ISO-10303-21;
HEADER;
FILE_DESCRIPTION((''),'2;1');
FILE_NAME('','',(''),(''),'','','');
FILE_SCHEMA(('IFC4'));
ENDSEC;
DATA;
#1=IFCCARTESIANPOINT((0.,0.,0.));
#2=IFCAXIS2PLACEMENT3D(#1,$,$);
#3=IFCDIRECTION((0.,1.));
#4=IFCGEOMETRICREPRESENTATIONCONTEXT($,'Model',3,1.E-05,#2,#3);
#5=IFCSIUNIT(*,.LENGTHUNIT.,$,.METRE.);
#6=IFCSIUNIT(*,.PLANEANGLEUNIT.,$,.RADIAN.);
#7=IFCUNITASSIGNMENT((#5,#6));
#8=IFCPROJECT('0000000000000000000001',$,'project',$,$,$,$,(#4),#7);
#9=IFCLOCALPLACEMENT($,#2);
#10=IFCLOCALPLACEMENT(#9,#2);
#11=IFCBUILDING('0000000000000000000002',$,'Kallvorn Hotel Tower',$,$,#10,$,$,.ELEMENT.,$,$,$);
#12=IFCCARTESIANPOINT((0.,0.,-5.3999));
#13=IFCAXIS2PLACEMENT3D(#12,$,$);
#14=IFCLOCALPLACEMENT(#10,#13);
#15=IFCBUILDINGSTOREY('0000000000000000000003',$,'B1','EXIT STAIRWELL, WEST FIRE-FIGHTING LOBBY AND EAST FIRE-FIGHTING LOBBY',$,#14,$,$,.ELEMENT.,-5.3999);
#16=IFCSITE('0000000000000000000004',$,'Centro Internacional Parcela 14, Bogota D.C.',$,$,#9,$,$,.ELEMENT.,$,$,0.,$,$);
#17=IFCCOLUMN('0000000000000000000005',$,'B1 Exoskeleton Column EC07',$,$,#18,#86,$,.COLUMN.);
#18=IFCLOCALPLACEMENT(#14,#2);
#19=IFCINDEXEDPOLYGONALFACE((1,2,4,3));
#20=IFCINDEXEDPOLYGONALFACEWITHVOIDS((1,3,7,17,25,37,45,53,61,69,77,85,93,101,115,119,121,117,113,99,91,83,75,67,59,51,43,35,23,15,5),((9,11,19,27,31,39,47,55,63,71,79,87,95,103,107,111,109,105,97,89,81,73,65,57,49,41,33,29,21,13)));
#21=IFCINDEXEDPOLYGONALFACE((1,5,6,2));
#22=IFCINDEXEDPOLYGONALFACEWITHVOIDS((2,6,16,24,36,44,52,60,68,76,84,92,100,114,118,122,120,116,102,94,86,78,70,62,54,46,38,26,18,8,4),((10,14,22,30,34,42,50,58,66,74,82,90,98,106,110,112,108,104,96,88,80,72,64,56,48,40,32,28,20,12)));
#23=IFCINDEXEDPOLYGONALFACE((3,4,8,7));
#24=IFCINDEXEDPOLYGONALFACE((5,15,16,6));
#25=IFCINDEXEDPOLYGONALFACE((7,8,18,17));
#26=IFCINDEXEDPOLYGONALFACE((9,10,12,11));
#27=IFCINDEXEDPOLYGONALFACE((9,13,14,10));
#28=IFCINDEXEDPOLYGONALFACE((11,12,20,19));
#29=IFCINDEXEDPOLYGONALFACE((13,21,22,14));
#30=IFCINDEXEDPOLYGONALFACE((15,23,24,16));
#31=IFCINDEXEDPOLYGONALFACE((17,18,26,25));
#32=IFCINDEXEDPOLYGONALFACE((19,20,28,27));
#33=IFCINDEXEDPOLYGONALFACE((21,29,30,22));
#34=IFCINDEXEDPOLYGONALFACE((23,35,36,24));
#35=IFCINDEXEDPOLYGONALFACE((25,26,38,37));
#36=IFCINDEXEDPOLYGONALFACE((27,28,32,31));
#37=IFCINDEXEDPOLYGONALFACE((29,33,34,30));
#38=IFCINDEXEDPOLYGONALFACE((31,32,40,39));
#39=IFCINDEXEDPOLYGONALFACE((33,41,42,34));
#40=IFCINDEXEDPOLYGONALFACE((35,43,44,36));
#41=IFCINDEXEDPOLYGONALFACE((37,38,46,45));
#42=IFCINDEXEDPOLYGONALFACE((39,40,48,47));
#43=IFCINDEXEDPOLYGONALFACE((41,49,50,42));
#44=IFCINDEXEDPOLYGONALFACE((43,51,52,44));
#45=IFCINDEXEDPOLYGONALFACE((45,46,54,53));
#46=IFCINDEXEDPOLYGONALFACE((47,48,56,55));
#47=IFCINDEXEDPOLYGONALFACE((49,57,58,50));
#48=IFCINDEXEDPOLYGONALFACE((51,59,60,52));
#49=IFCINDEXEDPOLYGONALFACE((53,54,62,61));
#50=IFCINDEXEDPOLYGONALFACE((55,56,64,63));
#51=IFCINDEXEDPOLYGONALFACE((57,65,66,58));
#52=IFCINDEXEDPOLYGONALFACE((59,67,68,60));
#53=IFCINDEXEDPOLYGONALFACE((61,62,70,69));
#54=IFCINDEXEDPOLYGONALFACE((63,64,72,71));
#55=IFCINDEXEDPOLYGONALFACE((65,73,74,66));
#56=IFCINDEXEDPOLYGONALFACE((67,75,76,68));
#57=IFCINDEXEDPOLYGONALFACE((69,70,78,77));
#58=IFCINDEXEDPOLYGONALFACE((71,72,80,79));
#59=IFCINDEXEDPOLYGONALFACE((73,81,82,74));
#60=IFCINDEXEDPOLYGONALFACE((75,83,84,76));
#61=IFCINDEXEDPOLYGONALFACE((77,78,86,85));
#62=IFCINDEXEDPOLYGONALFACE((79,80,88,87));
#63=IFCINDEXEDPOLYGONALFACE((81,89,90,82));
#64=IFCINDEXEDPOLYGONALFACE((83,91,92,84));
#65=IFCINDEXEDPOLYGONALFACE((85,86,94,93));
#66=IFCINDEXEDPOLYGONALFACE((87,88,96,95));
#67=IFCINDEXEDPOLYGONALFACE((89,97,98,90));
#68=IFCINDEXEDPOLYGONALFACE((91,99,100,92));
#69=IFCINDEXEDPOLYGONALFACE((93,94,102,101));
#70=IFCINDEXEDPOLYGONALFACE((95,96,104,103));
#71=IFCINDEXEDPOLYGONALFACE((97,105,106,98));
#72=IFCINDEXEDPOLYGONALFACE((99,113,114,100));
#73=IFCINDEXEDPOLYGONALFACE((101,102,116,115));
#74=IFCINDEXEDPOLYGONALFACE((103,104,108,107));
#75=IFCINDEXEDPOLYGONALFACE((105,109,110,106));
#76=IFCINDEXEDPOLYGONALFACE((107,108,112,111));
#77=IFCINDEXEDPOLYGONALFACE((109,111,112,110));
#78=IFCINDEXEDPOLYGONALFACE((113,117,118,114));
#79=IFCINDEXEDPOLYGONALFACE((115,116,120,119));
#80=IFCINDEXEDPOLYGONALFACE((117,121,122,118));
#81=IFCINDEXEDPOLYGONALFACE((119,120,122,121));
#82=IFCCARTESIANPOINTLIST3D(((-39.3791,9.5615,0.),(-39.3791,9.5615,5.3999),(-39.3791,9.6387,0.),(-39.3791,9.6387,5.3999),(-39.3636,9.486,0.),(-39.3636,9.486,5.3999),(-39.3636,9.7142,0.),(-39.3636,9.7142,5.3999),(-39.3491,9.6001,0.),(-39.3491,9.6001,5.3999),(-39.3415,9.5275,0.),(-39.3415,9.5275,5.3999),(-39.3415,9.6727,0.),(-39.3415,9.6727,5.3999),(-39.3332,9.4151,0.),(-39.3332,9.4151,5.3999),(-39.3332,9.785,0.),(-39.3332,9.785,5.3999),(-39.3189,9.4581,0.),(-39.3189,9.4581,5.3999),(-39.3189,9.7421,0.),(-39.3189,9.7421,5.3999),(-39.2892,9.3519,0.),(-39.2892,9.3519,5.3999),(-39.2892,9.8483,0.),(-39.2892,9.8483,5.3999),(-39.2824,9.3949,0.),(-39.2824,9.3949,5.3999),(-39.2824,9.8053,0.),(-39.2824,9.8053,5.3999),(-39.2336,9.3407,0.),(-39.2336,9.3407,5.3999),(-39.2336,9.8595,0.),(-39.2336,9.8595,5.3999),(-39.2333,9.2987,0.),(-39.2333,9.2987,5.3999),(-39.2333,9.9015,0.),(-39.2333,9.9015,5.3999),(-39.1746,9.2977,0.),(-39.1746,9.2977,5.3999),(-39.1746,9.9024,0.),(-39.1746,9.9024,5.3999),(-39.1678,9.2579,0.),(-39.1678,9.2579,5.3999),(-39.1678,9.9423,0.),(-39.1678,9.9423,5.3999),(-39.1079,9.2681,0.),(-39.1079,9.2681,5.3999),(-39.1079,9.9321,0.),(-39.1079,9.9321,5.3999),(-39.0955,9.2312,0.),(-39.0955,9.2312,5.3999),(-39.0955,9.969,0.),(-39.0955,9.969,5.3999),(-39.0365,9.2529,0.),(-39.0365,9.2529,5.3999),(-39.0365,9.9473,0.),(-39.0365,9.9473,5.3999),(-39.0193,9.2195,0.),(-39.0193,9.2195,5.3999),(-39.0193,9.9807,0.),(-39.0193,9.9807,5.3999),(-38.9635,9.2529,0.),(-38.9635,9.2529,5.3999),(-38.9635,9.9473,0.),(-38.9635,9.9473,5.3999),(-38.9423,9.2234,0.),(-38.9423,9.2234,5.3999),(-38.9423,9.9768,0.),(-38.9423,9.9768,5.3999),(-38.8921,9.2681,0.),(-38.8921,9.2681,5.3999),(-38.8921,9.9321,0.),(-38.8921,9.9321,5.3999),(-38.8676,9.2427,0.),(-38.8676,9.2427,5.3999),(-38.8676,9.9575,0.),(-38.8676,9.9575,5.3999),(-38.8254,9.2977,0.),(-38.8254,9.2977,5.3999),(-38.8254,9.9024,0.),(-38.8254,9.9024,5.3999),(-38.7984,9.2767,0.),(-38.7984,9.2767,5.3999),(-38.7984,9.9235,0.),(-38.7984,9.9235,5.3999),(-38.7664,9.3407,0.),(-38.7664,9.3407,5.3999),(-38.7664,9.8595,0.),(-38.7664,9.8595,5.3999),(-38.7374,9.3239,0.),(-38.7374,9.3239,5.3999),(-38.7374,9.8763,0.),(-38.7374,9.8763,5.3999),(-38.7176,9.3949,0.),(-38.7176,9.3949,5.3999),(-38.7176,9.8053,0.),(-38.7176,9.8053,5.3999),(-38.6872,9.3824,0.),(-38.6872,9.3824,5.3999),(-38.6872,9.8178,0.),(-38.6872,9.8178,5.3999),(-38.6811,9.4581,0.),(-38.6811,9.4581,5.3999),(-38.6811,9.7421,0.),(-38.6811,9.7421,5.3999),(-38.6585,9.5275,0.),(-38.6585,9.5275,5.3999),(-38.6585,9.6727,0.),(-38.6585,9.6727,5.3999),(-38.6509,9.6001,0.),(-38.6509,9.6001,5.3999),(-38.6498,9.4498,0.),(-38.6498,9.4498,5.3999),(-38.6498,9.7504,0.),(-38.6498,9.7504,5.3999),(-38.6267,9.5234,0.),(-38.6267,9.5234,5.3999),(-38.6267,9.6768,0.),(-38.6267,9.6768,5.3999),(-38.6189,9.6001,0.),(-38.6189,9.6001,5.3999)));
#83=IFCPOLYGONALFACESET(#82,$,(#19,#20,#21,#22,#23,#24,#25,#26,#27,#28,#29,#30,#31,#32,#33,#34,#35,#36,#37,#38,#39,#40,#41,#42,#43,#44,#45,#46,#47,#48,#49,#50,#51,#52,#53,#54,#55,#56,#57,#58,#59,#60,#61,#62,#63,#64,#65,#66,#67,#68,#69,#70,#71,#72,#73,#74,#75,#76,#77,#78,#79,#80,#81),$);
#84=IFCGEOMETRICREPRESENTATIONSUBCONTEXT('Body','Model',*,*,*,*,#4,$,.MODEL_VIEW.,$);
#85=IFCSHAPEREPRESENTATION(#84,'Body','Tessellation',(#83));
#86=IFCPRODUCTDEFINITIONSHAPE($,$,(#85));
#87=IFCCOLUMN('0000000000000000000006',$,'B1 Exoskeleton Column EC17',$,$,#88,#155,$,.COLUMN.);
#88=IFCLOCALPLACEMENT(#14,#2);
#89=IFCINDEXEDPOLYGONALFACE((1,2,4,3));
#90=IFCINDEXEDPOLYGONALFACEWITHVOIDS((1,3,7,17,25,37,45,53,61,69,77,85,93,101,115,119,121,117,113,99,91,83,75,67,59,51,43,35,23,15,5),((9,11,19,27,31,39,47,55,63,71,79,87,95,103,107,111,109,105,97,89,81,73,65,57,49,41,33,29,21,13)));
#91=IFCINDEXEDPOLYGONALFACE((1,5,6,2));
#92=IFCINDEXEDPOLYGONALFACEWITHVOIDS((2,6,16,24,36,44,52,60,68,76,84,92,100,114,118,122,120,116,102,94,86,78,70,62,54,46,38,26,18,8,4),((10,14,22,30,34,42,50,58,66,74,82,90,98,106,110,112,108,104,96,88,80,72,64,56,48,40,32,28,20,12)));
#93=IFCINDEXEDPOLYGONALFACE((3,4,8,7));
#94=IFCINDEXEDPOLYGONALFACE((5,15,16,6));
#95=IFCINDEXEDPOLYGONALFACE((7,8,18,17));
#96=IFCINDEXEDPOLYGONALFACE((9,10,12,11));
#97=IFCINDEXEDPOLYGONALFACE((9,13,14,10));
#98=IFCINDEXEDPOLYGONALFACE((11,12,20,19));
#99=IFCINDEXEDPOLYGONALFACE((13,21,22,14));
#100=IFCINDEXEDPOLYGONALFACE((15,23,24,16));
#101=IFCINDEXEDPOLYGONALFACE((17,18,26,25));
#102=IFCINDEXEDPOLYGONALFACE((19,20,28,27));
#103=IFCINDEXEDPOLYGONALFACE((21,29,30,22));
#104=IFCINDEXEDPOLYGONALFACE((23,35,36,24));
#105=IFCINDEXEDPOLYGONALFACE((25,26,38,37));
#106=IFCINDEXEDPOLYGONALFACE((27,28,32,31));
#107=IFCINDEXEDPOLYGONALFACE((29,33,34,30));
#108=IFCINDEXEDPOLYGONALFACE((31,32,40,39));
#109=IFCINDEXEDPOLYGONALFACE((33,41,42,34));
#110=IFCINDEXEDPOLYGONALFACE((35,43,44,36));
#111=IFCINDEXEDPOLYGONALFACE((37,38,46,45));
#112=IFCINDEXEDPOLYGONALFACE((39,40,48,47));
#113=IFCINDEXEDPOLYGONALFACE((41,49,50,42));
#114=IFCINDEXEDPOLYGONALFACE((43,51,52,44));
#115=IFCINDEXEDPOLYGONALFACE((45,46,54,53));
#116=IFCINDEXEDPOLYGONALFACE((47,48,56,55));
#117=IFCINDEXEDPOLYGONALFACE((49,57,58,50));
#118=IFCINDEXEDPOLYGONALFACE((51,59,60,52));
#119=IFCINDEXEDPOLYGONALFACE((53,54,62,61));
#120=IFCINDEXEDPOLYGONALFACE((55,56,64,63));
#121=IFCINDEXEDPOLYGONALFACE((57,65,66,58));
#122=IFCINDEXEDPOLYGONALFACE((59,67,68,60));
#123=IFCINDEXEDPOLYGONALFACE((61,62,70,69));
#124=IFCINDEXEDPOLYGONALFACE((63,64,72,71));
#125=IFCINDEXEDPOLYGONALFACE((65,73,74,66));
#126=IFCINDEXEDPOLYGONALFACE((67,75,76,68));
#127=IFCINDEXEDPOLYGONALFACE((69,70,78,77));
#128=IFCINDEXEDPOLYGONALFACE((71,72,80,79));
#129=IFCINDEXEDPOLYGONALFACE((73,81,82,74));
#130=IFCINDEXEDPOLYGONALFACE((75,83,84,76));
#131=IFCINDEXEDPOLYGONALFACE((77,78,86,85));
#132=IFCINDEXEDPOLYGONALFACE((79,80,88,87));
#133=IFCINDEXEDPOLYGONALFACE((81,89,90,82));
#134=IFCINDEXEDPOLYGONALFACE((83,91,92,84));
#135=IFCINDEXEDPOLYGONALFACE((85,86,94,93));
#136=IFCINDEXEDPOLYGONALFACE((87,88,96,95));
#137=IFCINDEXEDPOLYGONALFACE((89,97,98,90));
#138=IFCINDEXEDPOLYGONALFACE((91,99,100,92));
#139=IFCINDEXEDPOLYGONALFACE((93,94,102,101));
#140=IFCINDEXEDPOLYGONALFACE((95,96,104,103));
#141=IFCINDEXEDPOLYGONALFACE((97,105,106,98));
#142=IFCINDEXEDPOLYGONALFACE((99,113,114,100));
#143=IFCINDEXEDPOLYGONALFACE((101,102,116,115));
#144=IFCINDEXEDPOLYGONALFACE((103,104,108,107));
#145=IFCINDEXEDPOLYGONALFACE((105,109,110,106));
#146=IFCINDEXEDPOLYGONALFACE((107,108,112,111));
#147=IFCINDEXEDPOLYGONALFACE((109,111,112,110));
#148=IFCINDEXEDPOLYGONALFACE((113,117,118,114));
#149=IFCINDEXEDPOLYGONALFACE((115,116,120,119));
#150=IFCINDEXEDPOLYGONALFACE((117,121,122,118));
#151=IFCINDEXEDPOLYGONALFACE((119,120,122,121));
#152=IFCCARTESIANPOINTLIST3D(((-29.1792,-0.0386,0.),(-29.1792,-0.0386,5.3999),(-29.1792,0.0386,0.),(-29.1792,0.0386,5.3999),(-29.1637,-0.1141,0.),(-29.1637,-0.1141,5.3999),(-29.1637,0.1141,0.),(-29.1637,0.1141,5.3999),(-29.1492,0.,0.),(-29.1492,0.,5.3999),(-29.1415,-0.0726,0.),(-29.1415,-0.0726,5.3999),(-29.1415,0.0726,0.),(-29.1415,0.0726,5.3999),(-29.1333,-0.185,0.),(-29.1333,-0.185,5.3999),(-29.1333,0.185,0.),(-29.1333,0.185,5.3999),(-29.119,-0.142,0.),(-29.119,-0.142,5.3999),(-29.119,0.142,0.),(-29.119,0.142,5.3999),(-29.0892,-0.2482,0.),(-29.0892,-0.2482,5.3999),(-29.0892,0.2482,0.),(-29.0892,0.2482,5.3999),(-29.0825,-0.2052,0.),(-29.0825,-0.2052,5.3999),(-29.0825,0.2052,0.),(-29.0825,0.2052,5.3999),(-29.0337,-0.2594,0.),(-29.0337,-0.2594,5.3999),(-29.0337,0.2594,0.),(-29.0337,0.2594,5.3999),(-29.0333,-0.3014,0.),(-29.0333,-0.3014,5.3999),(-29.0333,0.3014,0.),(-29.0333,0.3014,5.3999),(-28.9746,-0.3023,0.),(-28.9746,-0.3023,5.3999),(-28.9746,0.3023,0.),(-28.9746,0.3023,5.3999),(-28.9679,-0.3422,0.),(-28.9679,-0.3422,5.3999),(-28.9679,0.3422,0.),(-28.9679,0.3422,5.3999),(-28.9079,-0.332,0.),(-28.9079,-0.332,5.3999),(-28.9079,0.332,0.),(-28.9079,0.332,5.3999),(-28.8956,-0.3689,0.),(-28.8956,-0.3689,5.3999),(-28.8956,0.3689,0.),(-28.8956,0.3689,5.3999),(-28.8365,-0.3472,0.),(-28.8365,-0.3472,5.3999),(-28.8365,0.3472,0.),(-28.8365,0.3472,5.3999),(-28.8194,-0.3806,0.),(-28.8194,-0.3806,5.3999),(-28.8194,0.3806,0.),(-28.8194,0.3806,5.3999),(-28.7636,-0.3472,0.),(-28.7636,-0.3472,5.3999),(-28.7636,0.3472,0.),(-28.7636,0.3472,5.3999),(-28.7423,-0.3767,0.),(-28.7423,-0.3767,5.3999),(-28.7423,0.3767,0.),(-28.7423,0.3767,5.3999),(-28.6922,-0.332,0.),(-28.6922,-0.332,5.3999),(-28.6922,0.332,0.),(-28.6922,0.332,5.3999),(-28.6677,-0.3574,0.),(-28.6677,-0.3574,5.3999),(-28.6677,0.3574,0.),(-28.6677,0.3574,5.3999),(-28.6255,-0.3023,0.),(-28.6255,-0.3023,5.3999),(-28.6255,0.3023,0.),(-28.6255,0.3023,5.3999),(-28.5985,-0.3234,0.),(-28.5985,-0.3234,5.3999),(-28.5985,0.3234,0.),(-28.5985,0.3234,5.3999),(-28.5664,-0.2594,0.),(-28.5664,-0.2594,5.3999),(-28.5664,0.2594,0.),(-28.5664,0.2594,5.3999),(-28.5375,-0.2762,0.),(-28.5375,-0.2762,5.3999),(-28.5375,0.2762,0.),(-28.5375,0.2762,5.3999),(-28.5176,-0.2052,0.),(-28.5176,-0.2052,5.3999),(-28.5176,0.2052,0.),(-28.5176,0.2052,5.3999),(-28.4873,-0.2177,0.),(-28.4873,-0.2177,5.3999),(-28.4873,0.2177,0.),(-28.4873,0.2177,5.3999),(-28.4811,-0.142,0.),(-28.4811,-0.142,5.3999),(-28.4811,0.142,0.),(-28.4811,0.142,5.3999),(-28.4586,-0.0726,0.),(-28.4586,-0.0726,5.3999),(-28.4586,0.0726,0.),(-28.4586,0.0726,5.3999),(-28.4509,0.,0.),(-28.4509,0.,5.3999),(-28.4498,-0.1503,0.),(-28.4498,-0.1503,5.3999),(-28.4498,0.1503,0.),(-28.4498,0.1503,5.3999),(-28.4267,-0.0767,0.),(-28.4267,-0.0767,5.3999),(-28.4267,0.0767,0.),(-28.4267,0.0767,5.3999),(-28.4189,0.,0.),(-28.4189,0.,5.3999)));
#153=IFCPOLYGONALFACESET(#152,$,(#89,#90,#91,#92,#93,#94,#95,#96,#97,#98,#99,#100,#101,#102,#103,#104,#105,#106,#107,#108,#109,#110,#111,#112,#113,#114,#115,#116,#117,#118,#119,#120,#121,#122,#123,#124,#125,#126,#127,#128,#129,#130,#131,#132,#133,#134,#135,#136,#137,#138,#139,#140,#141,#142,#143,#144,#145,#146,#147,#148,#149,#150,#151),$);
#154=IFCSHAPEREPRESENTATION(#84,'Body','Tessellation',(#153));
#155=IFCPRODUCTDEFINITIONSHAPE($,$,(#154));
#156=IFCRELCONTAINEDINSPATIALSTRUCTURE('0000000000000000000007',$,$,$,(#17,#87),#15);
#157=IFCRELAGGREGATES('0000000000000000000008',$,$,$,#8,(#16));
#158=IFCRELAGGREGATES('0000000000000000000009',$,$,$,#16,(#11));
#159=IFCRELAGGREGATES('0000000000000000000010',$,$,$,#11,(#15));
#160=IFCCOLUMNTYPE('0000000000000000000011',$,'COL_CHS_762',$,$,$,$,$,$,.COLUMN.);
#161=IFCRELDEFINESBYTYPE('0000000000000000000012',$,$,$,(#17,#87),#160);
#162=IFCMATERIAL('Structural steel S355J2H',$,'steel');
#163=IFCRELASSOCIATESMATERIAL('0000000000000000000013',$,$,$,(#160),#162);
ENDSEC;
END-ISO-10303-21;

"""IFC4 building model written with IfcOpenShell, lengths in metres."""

from ifc_helpers import new_model, si_unit, direction, frame, origin, origin_2d, place, context, subcontext, project, spatial, hollow_circle, extrude, material, material_profile, profile_set, type_object, element, save


model = new_model("IFC4")

# Units and contexts
model_context = context("Model", 3, precision=1e-05, world=origin(), true_north=direction((0.0, 1.0)))
body_context = subcontext(model_context, "Body", "Model", "MODEL_VIEW")
ifc_project = project(units=[si_unit("LENGTHUNIT", "METRE"), si_unit("PLANEANGLEUNIT", "RADIAN")], contexts=[model_context])

# Site, building, storey
site_placement = place(None, origin())
site = spatial("IfcSite", under=ifc_project, at=site_placement, Name="Centro Internacional Parcela 14, Bogota D.C.", CompositionType="ELEMENT", RefElevation=0.0)
building_placement = place(site_placement, origin())
building = spatial("IfcBuilding", under=site, at=building_placement, Name="Kallvorn Hotel Tower", CompositionType="ELEMENT")
storey_placement = place(building_placement, frame((0.0, 0.0, -5.3999)))
storey = spatial("IfcBuildingStorey", under=building, at=storey_placement, Name="B1", Description="EXIT STAIRWELL, WEST FIRE-FIGHTING LOBBY AND EAST FIRE-FIGHTING LOBBY", CompositionType="ELEMENT", Elevation=-5.3999)

# Columns
ifc_material_1 = material(Name="Structural steel S355J2H", Category="steel")
ifc_material_profile_1 = material_profile(ifc_material_1, hollow_circle(Radius=0.3811, WallThickness=0.032, at=origin_2d()), Name="CHS 762x32")
ifc_profile_set_1 = profile_set([ifc_material_profile_1], Name="Structural steel S355J2H")
column_type_1 = type_object("IfcColumnType", Name="COL_CHS_762", PredefinedType="COLUMN", material=ifc_profile_set_1)
for number, where, z_axis, x_axis, name in (
    (1, (-39.0, 9.6001, 0.0), (0.0, 0.0, 1.0), (1.0, 0.0, 0.0), "B1 Exoskeleton Column EC07"),
    (2, (-28.8, 0.0, 0.0), (0.0, 0.0, 1.0), (1.0, 0.0, 0.0), "B1 Exoskeleton Column EC17"),
):
    element("IfcColumn", number, at=place(storey_placement, frame(where, z_axis=z_axis, x_axis=x_axis)), inside=storey, type_object=column_type_1, Name=name, PredefinedType="COLUMN", context=body_context, shape_type="SweptSolid", body=[
        extrude(hollow_circle(Radius=0.3811, WallThickness=0.032, at=origin_2d()), origin(), (0.0, 0.0, 1.0), 5.3999),
    ])

save(model, "model.ifc")
